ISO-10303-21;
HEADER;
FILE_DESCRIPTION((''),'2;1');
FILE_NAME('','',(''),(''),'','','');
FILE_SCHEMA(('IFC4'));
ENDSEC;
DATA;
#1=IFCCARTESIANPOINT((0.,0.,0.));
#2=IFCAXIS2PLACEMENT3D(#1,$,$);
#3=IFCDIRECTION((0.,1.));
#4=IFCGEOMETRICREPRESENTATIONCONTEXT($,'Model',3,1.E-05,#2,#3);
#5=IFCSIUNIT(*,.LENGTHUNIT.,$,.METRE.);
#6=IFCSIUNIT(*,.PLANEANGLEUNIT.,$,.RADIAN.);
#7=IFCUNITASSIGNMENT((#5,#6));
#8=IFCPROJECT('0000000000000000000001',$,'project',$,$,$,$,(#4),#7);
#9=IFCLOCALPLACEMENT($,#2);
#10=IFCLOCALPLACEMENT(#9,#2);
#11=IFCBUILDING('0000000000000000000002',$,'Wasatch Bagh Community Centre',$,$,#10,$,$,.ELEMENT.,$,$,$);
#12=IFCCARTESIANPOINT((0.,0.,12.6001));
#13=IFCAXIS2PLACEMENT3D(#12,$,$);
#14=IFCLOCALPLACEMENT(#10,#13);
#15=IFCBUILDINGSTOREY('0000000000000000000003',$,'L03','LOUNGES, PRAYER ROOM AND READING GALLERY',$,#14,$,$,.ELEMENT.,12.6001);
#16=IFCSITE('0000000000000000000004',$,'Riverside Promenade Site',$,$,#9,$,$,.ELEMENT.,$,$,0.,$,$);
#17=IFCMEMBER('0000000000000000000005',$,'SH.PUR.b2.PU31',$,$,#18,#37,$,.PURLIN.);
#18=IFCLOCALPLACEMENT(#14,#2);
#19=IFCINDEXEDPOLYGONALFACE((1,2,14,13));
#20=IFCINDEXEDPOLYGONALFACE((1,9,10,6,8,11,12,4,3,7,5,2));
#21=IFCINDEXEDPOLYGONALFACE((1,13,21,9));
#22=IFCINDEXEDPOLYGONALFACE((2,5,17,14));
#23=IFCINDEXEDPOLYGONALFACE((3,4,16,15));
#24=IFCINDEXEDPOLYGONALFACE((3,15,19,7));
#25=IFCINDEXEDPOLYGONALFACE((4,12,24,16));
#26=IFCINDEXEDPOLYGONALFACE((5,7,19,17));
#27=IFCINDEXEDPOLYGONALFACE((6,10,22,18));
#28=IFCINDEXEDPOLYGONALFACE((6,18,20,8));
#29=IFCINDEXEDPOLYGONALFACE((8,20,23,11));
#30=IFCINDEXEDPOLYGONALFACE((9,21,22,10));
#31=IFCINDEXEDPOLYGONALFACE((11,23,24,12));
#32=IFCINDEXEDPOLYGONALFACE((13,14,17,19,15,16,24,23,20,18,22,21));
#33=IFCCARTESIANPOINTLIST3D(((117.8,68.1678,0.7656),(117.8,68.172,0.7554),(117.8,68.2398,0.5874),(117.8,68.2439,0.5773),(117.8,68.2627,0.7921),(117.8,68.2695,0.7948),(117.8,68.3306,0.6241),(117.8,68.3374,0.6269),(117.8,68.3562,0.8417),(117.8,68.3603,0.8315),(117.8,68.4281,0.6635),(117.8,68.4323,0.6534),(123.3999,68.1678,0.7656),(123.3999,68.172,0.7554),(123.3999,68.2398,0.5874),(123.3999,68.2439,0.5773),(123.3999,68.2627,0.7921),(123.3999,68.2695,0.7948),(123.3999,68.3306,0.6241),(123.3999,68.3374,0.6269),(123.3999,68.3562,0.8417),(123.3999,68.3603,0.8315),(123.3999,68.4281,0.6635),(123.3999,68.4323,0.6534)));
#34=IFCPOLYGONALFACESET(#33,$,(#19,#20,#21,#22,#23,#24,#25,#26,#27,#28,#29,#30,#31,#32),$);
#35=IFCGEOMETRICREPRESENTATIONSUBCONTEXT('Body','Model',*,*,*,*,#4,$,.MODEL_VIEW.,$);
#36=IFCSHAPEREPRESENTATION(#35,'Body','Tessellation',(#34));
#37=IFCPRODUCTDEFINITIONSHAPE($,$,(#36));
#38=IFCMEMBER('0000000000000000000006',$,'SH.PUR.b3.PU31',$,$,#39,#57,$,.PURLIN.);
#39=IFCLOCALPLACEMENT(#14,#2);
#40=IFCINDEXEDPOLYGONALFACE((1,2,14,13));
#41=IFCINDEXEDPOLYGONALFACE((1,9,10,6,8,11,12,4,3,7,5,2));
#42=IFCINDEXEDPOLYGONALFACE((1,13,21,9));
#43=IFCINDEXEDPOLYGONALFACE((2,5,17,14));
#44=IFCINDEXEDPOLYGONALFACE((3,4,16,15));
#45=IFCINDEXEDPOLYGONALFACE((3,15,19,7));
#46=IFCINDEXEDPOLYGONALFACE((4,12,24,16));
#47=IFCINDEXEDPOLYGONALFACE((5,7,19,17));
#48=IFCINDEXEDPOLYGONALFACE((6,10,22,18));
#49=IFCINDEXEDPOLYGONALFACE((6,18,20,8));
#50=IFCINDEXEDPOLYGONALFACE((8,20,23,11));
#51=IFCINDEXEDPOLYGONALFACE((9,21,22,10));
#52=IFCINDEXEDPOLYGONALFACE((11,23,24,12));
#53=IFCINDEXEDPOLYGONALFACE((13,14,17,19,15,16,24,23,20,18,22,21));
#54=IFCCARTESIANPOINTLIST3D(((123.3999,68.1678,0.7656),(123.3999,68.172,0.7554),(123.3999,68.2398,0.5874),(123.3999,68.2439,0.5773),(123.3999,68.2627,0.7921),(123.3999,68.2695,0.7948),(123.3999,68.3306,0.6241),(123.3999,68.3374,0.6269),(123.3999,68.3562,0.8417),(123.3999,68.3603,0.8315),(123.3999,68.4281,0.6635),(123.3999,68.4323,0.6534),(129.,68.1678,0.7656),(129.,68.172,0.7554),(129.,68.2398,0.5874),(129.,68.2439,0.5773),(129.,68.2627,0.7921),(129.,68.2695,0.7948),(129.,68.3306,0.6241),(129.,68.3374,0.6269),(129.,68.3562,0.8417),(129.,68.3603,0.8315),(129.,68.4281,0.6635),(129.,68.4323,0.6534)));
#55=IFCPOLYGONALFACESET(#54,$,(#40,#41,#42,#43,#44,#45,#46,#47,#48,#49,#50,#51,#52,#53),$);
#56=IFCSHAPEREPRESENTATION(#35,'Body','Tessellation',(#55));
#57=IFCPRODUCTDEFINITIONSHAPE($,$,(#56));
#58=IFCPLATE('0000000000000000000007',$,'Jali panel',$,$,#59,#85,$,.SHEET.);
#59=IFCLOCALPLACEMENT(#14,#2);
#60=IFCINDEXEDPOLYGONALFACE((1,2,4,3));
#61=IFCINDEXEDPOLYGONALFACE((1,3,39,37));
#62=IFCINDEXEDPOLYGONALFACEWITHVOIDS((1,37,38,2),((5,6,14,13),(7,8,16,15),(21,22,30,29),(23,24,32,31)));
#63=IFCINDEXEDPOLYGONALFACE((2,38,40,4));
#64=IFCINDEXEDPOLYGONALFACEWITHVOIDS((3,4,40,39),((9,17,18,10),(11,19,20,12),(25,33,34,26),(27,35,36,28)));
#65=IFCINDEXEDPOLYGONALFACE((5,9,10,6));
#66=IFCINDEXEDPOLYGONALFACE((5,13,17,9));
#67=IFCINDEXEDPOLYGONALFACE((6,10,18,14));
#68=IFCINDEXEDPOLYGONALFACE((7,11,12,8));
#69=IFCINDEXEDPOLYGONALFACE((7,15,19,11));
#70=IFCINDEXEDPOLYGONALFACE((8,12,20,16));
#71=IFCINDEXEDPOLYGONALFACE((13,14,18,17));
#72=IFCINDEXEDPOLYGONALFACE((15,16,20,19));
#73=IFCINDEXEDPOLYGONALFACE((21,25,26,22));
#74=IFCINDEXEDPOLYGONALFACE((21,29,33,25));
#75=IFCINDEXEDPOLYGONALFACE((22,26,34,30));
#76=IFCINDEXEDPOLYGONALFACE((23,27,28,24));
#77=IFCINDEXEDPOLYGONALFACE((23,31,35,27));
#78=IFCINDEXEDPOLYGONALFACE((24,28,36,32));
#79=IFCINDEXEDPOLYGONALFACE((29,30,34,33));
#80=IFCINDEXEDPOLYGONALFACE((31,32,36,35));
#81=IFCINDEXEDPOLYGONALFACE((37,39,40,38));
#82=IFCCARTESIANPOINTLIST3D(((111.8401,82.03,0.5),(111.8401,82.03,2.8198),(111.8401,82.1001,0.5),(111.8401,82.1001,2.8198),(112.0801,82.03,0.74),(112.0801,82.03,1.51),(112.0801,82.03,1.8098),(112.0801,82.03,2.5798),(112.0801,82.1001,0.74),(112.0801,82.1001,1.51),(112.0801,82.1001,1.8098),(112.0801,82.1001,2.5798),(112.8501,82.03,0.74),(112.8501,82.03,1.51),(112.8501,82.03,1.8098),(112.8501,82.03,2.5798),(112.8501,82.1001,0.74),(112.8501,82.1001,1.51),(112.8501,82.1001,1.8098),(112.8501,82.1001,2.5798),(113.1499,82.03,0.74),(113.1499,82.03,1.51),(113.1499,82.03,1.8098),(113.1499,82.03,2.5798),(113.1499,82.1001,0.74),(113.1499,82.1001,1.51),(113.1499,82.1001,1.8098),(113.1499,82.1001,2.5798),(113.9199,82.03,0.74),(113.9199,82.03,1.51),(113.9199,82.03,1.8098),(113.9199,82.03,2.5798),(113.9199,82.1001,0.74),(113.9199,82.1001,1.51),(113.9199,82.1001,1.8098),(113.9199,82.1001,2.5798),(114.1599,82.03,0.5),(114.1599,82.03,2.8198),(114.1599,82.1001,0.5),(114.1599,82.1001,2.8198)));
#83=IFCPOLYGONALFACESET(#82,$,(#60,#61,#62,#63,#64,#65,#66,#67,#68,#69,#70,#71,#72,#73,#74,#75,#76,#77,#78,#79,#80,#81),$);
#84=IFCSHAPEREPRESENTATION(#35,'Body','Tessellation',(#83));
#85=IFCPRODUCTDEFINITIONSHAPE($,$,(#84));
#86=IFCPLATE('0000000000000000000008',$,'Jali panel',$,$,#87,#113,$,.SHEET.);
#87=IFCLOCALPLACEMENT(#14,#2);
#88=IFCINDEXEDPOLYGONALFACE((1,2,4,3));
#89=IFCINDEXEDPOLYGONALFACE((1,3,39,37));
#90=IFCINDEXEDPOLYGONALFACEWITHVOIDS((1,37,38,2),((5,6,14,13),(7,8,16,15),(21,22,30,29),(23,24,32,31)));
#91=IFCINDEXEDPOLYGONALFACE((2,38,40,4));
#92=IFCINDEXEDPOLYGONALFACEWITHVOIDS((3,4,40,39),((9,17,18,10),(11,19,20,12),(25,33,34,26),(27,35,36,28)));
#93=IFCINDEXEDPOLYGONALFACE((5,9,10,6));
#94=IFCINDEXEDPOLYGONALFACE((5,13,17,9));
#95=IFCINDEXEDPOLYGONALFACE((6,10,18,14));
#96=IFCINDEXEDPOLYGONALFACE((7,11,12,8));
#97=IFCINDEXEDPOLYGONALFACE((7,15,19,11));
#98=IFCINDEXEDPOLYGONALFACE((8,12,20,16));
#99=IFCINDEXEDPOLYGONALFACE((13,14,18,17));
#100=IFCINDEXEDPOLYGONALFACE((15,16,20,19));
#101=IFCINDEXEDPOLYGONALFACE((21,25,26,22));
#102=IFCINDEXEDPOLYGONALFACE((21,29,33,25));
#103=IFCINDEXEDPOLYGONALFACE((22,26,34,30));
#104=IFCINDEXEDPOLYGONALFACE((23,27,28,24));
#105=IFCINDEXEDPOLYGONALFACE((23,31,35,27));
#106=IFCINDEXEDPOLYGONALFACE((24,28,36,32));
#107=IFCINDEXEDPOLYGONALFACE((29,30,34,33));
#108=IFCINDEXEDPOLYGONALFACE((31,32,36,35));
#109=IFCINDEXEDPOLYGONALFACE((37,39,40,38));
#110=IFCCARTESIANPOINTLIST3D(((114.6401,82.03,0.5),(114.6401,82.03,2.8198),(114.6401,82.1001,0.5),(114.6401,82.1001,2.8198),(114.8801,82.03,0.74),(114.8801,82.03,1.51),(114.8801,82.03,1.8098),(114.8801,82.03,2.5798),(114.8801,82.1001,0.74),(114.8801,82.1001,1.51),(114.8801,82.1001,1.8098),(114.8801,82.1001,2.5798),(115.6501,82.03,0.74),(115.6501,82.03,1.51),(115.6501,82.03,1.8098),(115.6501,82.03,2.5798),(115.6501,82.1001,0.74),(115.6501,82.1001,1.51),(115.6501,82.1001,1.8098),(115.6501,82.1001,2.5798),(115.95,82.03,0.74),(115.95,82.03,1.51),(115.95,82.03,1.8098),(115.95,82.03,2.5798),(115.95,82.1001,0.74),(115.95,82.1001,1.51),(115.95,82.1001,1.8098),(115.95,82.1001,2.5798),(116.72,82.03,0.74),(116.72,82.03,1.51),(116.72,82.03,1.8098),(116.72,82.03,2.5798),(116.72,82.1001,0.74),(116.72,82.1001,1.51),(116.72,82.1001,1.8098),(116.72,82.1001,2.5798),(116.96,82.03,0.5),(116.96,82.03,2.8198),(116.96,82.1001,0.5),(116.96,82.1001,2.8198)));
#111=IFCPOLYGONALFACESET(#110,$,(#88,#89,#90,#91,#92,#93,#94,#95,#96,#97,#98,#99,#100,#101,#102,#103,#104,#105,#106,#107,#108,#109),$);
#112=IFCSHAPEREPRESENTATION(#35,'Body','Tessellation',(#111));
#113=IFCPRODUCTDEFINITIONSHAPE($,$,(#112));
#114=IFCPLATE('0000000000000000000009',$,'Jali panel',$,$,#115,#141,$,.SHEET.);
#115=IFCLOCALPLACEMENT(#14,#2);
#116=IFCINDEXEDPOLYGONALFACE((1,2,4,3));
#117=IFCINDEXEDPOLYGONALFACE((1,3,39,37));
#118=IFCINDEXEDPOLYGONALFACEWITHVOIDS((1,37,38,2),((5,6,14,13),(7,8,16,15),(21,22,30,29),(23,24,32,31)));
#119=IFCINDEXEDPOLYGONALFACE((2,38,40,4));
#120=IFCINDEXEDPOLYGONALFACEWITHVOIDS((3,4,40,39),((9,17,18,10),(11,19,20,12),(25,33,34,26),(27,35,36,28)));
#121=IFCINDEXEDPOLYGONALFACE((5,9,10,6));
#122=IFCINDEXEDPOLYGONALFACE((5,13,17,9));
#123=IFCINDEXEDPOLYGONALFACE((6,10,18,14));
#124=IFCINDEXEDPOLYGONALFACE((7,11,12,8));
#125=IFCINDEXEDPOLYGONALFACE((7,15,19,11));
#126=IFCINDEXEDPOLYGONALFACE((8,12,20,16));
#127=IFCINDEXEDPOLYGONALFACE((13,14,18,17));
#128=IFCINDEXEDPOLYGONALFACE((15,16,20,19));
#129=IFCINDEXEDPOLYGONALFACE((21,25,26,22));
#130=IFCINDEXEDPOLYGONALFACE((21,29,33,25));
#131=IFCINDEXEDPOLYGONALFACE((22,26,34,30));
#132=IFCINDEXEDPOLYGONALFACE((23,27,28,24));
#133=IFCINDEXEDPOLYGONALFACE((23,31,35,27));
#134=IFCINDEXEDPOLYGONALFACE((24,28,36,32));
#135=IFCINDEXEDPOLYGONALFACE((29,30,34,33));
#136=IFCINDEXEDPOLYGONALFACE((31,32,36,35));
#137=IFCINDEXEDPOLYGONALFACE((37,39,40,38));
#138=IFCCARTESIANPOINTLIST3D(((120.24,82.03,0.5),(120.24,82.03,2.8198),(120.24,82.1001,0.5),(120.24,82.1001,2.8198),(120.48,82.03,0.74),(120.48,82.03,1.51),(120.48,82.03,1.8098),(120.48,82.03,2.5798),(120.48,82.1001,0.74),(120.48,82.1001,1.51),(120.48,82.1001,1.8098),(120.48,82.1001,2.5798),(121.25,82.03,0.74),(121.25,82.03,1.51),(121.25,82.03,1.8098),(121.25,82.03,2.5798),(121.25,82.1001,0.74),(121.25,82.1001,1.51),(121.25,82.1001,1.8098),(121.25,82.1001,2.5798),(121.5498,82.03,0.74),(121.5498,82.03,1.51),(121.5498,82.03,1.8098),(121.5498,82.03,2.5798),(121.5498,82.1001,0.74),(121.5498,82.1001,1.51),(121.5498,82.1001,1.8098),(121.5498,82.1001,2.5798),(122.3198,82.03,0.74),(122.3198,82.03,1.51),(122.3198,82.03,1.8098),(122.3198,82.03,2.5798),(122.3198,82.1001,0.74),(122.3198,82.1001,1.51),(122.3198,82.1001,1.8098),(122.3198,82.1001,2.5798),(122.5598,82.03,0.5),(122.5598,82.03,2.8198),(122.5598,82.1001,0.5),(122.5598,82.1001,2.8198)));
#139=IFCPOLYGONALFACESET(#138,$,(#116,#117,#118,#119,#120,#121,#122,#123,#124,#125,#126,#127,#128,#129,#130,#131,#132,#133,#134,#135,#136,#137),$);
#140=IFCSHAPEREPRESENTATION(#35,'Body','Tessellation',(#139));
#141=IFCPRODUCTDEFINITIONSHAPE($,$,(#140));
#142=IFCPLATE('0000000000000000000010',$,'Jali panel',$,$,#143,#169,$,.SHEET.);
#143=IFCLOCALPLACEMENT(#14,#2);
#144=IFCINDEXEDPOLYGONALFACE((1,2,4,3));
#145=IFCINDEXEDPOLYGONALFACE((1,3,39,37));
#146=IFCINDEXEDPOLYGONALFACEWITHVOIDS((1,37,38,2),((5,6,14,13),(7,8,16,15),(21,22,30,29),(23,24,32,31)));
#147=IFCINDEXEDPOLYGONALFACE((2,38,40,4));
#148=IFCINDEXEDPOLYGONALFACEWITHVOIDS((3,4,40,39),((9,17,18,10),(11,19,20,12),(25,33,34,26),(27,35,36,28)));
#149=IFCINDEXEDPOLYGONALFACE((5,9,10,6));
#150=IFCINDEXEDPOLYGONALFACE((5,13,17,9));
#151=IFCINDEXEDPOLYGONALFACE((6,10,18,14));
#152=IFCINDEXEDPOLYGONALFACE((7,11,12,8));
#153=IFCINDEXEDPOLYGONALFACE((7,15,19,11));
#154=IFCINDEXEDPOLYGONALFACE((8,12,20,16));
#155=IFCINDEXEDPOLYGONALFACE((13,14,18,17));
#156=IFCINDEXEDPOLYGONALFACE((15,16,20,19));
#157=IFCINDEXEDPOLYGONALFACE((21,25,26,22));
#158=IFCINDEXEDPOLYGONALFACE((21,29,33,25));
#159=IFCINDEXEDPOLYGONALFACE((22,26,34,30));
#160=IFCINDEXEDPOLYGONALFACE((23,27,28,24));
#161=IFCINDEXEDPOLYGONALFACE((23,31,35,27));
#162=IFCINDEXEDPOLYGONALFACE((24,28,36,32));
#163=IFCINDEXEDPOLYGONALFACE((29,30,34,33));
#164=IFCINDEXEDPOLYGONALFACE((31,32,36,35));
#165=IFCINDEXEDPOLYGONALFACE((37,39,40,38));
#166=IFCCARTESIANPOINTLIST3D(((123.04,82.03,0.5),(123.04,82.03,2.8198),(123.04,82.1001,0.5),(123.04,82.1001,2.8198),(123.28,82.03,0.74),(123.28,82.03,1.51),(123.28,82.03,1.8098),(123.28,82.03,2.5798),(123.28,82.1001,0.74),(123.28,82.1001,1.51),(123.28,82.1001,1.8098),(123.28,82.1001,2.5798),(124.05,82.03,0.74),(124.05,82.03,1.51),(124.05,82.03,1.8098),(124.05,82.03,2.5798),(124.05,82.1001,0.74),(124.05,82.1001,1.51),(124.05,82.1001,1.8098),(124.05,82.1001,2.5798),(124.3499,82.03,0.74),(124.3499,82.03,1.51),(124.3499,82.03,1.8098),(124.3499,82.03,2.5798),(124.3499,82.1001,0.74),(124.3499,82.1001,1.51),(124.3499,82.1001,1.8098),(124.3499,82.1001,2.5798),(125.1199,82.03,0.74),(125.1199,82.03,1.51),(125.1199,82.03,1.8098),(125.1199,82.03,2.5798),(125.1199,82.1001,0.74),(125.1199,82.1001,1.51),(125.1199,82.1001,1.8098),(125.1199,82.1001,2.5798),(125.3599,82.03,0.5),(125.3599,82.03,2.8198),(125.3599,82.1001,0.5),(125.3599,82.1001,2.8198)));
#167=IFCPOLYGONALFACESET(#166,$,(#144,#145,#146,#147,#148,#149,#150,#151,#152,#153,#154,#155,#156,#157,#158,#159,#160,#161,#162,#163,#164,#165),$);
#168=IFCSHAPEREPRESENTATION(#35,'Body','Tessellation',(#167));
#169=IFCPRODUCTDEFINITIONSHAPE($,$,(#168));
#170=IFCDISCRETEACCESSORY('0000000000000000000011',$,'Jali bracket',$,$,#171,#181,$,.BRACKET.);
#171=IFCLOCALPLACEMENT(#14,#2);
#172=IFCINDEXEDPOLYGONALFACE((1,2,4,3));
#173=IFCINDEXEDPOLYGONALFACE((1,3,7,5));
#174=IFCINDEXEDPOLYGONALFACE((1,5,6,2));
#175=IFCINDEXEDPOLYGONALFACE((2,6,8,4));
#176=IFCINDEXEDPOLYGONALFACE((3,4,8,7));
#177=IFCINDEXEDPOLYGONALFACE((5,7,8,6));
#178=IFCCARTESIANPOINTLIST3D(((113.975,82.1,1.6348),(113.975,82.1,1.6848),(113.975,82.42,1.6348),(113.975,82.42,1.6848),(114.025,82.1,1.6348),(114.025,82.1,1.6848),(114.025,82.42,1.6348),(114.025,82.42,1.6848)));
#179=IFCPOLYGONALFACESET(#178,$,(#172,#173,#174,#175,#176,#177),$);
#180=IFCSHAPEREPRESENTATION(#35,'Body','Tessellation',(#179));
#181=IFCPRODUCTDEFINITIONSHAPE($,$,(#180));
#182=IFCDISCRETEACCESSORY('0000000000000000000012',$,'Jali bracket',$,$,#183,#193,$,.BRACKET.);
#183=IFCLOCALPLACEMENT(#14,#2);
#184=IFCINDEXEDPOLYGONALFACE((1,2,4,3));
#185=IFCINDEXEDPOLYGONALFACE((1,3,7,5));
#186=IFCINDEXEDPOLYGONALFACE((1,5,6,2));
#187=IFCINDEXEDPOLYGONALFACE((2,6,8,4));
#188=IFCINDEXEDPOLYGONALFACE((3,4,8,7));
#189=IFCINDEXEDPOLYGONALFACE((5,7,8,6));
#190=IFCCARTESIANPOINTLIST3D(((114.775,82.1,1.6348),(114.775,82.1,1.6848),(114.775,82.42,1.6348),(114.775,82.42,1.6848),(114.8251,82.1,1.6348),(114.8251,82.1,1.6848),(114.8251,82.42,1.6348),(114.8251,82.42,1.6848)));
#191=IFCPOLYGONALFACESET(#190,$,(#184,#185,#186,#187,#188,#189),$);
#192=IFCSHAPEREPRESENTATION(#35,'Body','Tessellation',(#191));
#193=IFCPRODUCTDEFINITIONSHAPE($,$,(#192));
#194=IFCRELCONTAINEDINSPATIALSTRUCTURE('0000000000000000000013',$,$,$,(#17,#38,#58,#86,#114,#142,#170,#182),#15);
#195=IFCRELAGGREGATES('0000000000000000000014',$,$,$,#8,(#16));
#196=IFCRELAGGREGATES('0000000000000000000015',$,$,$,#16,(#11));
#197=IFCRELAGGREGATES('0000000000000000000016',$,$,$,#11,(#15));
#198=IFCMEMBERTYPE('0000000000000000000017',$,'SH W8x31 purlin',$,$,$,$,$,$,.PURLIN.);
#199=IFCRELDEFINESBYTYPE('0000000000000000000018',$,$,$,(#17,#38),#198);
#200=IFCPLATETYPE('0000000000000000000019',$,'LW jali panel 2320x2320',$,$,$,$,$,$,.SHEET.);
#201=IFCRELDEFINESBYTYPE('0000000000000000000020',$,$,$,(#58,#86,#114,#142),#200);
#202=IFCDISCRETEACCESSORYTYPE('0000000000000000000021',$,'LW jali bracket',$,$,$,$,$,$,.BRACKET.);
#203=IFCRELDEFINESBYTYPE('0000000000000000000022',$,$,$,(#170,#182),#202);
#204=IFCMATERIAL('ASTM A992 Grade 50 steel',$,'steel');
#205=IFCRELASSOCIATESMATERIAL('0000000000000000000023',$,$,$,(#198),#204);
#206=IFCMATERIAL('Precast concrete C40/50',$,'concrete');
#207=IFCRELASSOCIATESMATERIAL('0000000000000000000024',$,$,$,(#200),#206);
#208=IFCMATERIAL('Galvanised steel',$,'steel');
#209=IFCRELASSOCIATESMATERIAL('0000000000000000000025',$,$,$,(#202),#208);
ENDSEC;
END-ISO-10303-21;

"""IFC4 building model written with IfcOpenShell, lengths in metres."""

from ifc_helpers import new_model, si_unit, direction, frame, origin, origin_2d, place, context, subcontext, project, spatial, polyline, rectangle, i_section, outline, extrude, material, material_profile, profile_set, type_object, element, save


model = new_model("IFC4")

# Units and contexts
model_context = context("Model", 3, precision=1e-05, world=origin(), true_north=direction((0.0, 1.0)))
body_context = subcontext(model_context, "Body", "Model", "MODEL_VIEW")
ifc_project = project(units=[si_unit("LENGTHUNIT", "METRE"), si_unit("PLANEANGLEUNIT", "RADIAN")], contexts=[model_context])

# Site, building, storey
site_placement = place(None, origin())
site = spatial("IfcSite", under=ifc_project, at=site_placement, Name="Riverside Promenade Site", CompositionType="ELEMENT", RefElevation=0.0)
building_placement = place(site_placement, origin())
building = spatial("IfcBuilding", under=site, at=building_placement, Name="Wasatch Bagh Community Centre", CompositionType="ELEMENT")
storey_placement = place(building_placement, frame((0.0, 0.0, 12.6001)))
storey = spatial("IfcBuildingStorey", under=building, at=storey_placement, Name="L03", Description="LOUNGES, PRAYER ROOM AND READING GALLERY", CompositionType="ELEMENT", Elevation=12.6001)

# Members
ifc_material_1 = material(Name="ASTM A992 Grade 50 steel", Category="steel")
ifc_material_profile_1 = material_profile(ifc_material_1, i_section(OverallWidth=0.2031, OverallDepth=0.2031, WebThickness=0.0073, FlangeThickness=0.011, at=origin_2d()), Name="W8x31")
ifc_profile_set_1 = profile_set([ifc_material_profile_1], Name="ASTM A992 Grade 50 steel")
member_type = type_object("IfcMemberType", Name="SH W8x31 purlin", PredefinedType="PURLIN", material=ifc_profile_set_1)
member_1_placement = place(storey_placement, frame((117.8, 68.3, 0.7095), z_axis=(1.0, 0.0, 0.0), x_axis=(0.0, 0.927184, 0.374607)))
element("IfcMember", 1, at=member_1_placement, inside=storey, type_object=member_type, Name="SH.PUR.b2.PU31", PredefinedType="PURLIN", context=body_context, shape_type="SweptSolid", body=[
    extrude(i_section(OverallWidth=0.2031, OverallDepth=0.2031, WebThickness=0.0073, FlangeThickness=0.011, at=origin_2d()), origin(), (0.0, 0.0, 1.0), 5.5999),
])
member_2_placement = place(storey_placement, frame((123.3999, 68.3, 0.7095), z_axis=(1.0, 0.0, 0.0), x_axis=(0.0, 0.927184, 0.374607)))
element("IfcMember", 2, at=member_2_placement, inside=storey, type_object=member_type, Name="SH.PUR.b3.PU31", PredefinedType="PURLIN", context=body_context, shape_type="SweptSolid", body=[
    extrude(i_section(OverallWidth=0.2031, OverallDepth=0.2031, WebThickness=0.0073, FlangeThickness=0.011, at=origin_2d()), origin(), (0.0, 0.0, 1.0), 5.6001),
])

# Plates
ifc_material_2 = material(Name="Precast concrete C40/50", Category="concrete")
ifc_material_profile_2 = material_profile(ifc_material_2, outline(polyline([(-1.1599, -1.1599), (1.1599, -1.1599), (1.1599, 1.1599), (-1.1599, 1.1599), (-1.1599, -1.1599)]), holes=[polyline([(-0.9199, -0.9199), (-0.1499, -0.9199), (-0.1499, -0.1499), (-0.9199, -0.1499), (-0.9199, -0.9199)]), polyline([(-0.9199, 0.1499), (-0.1499, 0.1499), (-0.1499, 0.9199), (-0.9199, 0.9199), (-0.9199, 0.1499)]), polyline([(0.1499, -0.9199), (0.9199, -0.9199), (0.9199, -0.1499), (0.1499, -0.1499), (0.1499, -0.9199)]), polyline([(0.1499, 0.1499), (0.9199, 0.1499), (0.9199, 0.9199), (0.1499, 0.9199), (0.1499, 0.1499)])]), Name="Jali lattice")
ifc_profile_set_2 = profile_set([ifc_material_profile_2], Name="Precast concrete C40/50")
plate_type = type_object("IfcPlateType", Name="LW jali panel 2320x2320", PredefinedType="SHEET", material=ifc_profile_set_2)
for number, where, z_axis, x_axis, name in (
    (3, (113.0, 82.1001, 1.6599), (0.0, -1.0, 0.0), (1.0, 0.0, 0.0), "Jali panel"),
    (4, (115.8, 82.1001, 1.6599), (0.0, -1.0, 0.0), (1.0, 0.0, 0.0), "Jali panel"),
    (5, (121.3999, 82.1001, 1.6599), (0.0, -1.0, 0.0), (1.0, 0.0, 0.0), "Jali panel"),
    (6, (124.2, 82.1001, 1.6599), (0.0, -1.0, 0.0), (1.0, 0.0, 0.0), "Jali panel"),
):
    element("IfcPlate", number, at=place(storey_placement, frame(where, z_axis=z_axis, x_axis=x_axis)), inside=storey, type_object=plate_type, Name=name, PredefinedType="SHEET", context=body_context, shape_type="SweptSolid", body=[
        extrude(outline(polyline([(-1.1599, -1.1599), (1.1599, -1.1599), (1.1599, 1.1599), (-1.1599, 1.1599), (-1.1599, -1.1599)]), holes=[polyline([(-0.9199, -0.9199), (-0.1499, -0.9199), (-0.1499, -0.1499), (-0.9199, -0.1499), (-0.9199, -0.9199)]), polyline([(-0.9199, 0.1499), (-0.1499, 0.1499), (-0.1499, 0.9199), (-0.9199, 0.9199), (-0.9199, 0.1499)]), polyline([(0.1499, -0.9199), (0.9199, -0.9199), (0.9199, -0.1499), (0.1499, -0.1499), (0.1499, -0.9199)]), polyline([(0.1499, 0.1499), (0.9199, 0.1499), (0.9199, 0.9199), (0.1499, 0.9199), (0.1499, 0.1499)])]), origin(), (0.0, 0.0, 1.0), 0.0701),
    ])

# Discrete accessories
ifc_material_3 = material(Name="Galvanised steel", Category="steel")
discrete_accessory_type = type_object("IfcDiscreteAccessoryType", Name="LW jali bracket", PredefinedType="BRACKET", material=ifc_material_3)
for number, where, z_axis, x_axis, name in (
    (7, (114.0, 82.26, 1.6348), (0.0, 0.0, 1.0), (1.0, 0.0, 0.0), "Jali bracket"),
    (8, (114.8, 82.26, 1.6348), (0.0, 0.0, 1.0), (1.0, 0.0, 0.0), "Jali bracket"),
):
    element("IfcDiscreteAccessory", number, at=place(storey_placement, frame(where, z_axis=z_axis, x_axis=x_axis)), inside=storey, type_object=discrete_accessory_type, Name=name, PredefinedType="BRACKET", context=body_context, shape_type="SweptSolid", body=[
        extrude(rectangle(XDim=0.05, YDim=0.3201, at=origin_2d()), origin(), (0.0, 0.0, 1.0), 0.05),
    ])

save(model, "model.ifc")
